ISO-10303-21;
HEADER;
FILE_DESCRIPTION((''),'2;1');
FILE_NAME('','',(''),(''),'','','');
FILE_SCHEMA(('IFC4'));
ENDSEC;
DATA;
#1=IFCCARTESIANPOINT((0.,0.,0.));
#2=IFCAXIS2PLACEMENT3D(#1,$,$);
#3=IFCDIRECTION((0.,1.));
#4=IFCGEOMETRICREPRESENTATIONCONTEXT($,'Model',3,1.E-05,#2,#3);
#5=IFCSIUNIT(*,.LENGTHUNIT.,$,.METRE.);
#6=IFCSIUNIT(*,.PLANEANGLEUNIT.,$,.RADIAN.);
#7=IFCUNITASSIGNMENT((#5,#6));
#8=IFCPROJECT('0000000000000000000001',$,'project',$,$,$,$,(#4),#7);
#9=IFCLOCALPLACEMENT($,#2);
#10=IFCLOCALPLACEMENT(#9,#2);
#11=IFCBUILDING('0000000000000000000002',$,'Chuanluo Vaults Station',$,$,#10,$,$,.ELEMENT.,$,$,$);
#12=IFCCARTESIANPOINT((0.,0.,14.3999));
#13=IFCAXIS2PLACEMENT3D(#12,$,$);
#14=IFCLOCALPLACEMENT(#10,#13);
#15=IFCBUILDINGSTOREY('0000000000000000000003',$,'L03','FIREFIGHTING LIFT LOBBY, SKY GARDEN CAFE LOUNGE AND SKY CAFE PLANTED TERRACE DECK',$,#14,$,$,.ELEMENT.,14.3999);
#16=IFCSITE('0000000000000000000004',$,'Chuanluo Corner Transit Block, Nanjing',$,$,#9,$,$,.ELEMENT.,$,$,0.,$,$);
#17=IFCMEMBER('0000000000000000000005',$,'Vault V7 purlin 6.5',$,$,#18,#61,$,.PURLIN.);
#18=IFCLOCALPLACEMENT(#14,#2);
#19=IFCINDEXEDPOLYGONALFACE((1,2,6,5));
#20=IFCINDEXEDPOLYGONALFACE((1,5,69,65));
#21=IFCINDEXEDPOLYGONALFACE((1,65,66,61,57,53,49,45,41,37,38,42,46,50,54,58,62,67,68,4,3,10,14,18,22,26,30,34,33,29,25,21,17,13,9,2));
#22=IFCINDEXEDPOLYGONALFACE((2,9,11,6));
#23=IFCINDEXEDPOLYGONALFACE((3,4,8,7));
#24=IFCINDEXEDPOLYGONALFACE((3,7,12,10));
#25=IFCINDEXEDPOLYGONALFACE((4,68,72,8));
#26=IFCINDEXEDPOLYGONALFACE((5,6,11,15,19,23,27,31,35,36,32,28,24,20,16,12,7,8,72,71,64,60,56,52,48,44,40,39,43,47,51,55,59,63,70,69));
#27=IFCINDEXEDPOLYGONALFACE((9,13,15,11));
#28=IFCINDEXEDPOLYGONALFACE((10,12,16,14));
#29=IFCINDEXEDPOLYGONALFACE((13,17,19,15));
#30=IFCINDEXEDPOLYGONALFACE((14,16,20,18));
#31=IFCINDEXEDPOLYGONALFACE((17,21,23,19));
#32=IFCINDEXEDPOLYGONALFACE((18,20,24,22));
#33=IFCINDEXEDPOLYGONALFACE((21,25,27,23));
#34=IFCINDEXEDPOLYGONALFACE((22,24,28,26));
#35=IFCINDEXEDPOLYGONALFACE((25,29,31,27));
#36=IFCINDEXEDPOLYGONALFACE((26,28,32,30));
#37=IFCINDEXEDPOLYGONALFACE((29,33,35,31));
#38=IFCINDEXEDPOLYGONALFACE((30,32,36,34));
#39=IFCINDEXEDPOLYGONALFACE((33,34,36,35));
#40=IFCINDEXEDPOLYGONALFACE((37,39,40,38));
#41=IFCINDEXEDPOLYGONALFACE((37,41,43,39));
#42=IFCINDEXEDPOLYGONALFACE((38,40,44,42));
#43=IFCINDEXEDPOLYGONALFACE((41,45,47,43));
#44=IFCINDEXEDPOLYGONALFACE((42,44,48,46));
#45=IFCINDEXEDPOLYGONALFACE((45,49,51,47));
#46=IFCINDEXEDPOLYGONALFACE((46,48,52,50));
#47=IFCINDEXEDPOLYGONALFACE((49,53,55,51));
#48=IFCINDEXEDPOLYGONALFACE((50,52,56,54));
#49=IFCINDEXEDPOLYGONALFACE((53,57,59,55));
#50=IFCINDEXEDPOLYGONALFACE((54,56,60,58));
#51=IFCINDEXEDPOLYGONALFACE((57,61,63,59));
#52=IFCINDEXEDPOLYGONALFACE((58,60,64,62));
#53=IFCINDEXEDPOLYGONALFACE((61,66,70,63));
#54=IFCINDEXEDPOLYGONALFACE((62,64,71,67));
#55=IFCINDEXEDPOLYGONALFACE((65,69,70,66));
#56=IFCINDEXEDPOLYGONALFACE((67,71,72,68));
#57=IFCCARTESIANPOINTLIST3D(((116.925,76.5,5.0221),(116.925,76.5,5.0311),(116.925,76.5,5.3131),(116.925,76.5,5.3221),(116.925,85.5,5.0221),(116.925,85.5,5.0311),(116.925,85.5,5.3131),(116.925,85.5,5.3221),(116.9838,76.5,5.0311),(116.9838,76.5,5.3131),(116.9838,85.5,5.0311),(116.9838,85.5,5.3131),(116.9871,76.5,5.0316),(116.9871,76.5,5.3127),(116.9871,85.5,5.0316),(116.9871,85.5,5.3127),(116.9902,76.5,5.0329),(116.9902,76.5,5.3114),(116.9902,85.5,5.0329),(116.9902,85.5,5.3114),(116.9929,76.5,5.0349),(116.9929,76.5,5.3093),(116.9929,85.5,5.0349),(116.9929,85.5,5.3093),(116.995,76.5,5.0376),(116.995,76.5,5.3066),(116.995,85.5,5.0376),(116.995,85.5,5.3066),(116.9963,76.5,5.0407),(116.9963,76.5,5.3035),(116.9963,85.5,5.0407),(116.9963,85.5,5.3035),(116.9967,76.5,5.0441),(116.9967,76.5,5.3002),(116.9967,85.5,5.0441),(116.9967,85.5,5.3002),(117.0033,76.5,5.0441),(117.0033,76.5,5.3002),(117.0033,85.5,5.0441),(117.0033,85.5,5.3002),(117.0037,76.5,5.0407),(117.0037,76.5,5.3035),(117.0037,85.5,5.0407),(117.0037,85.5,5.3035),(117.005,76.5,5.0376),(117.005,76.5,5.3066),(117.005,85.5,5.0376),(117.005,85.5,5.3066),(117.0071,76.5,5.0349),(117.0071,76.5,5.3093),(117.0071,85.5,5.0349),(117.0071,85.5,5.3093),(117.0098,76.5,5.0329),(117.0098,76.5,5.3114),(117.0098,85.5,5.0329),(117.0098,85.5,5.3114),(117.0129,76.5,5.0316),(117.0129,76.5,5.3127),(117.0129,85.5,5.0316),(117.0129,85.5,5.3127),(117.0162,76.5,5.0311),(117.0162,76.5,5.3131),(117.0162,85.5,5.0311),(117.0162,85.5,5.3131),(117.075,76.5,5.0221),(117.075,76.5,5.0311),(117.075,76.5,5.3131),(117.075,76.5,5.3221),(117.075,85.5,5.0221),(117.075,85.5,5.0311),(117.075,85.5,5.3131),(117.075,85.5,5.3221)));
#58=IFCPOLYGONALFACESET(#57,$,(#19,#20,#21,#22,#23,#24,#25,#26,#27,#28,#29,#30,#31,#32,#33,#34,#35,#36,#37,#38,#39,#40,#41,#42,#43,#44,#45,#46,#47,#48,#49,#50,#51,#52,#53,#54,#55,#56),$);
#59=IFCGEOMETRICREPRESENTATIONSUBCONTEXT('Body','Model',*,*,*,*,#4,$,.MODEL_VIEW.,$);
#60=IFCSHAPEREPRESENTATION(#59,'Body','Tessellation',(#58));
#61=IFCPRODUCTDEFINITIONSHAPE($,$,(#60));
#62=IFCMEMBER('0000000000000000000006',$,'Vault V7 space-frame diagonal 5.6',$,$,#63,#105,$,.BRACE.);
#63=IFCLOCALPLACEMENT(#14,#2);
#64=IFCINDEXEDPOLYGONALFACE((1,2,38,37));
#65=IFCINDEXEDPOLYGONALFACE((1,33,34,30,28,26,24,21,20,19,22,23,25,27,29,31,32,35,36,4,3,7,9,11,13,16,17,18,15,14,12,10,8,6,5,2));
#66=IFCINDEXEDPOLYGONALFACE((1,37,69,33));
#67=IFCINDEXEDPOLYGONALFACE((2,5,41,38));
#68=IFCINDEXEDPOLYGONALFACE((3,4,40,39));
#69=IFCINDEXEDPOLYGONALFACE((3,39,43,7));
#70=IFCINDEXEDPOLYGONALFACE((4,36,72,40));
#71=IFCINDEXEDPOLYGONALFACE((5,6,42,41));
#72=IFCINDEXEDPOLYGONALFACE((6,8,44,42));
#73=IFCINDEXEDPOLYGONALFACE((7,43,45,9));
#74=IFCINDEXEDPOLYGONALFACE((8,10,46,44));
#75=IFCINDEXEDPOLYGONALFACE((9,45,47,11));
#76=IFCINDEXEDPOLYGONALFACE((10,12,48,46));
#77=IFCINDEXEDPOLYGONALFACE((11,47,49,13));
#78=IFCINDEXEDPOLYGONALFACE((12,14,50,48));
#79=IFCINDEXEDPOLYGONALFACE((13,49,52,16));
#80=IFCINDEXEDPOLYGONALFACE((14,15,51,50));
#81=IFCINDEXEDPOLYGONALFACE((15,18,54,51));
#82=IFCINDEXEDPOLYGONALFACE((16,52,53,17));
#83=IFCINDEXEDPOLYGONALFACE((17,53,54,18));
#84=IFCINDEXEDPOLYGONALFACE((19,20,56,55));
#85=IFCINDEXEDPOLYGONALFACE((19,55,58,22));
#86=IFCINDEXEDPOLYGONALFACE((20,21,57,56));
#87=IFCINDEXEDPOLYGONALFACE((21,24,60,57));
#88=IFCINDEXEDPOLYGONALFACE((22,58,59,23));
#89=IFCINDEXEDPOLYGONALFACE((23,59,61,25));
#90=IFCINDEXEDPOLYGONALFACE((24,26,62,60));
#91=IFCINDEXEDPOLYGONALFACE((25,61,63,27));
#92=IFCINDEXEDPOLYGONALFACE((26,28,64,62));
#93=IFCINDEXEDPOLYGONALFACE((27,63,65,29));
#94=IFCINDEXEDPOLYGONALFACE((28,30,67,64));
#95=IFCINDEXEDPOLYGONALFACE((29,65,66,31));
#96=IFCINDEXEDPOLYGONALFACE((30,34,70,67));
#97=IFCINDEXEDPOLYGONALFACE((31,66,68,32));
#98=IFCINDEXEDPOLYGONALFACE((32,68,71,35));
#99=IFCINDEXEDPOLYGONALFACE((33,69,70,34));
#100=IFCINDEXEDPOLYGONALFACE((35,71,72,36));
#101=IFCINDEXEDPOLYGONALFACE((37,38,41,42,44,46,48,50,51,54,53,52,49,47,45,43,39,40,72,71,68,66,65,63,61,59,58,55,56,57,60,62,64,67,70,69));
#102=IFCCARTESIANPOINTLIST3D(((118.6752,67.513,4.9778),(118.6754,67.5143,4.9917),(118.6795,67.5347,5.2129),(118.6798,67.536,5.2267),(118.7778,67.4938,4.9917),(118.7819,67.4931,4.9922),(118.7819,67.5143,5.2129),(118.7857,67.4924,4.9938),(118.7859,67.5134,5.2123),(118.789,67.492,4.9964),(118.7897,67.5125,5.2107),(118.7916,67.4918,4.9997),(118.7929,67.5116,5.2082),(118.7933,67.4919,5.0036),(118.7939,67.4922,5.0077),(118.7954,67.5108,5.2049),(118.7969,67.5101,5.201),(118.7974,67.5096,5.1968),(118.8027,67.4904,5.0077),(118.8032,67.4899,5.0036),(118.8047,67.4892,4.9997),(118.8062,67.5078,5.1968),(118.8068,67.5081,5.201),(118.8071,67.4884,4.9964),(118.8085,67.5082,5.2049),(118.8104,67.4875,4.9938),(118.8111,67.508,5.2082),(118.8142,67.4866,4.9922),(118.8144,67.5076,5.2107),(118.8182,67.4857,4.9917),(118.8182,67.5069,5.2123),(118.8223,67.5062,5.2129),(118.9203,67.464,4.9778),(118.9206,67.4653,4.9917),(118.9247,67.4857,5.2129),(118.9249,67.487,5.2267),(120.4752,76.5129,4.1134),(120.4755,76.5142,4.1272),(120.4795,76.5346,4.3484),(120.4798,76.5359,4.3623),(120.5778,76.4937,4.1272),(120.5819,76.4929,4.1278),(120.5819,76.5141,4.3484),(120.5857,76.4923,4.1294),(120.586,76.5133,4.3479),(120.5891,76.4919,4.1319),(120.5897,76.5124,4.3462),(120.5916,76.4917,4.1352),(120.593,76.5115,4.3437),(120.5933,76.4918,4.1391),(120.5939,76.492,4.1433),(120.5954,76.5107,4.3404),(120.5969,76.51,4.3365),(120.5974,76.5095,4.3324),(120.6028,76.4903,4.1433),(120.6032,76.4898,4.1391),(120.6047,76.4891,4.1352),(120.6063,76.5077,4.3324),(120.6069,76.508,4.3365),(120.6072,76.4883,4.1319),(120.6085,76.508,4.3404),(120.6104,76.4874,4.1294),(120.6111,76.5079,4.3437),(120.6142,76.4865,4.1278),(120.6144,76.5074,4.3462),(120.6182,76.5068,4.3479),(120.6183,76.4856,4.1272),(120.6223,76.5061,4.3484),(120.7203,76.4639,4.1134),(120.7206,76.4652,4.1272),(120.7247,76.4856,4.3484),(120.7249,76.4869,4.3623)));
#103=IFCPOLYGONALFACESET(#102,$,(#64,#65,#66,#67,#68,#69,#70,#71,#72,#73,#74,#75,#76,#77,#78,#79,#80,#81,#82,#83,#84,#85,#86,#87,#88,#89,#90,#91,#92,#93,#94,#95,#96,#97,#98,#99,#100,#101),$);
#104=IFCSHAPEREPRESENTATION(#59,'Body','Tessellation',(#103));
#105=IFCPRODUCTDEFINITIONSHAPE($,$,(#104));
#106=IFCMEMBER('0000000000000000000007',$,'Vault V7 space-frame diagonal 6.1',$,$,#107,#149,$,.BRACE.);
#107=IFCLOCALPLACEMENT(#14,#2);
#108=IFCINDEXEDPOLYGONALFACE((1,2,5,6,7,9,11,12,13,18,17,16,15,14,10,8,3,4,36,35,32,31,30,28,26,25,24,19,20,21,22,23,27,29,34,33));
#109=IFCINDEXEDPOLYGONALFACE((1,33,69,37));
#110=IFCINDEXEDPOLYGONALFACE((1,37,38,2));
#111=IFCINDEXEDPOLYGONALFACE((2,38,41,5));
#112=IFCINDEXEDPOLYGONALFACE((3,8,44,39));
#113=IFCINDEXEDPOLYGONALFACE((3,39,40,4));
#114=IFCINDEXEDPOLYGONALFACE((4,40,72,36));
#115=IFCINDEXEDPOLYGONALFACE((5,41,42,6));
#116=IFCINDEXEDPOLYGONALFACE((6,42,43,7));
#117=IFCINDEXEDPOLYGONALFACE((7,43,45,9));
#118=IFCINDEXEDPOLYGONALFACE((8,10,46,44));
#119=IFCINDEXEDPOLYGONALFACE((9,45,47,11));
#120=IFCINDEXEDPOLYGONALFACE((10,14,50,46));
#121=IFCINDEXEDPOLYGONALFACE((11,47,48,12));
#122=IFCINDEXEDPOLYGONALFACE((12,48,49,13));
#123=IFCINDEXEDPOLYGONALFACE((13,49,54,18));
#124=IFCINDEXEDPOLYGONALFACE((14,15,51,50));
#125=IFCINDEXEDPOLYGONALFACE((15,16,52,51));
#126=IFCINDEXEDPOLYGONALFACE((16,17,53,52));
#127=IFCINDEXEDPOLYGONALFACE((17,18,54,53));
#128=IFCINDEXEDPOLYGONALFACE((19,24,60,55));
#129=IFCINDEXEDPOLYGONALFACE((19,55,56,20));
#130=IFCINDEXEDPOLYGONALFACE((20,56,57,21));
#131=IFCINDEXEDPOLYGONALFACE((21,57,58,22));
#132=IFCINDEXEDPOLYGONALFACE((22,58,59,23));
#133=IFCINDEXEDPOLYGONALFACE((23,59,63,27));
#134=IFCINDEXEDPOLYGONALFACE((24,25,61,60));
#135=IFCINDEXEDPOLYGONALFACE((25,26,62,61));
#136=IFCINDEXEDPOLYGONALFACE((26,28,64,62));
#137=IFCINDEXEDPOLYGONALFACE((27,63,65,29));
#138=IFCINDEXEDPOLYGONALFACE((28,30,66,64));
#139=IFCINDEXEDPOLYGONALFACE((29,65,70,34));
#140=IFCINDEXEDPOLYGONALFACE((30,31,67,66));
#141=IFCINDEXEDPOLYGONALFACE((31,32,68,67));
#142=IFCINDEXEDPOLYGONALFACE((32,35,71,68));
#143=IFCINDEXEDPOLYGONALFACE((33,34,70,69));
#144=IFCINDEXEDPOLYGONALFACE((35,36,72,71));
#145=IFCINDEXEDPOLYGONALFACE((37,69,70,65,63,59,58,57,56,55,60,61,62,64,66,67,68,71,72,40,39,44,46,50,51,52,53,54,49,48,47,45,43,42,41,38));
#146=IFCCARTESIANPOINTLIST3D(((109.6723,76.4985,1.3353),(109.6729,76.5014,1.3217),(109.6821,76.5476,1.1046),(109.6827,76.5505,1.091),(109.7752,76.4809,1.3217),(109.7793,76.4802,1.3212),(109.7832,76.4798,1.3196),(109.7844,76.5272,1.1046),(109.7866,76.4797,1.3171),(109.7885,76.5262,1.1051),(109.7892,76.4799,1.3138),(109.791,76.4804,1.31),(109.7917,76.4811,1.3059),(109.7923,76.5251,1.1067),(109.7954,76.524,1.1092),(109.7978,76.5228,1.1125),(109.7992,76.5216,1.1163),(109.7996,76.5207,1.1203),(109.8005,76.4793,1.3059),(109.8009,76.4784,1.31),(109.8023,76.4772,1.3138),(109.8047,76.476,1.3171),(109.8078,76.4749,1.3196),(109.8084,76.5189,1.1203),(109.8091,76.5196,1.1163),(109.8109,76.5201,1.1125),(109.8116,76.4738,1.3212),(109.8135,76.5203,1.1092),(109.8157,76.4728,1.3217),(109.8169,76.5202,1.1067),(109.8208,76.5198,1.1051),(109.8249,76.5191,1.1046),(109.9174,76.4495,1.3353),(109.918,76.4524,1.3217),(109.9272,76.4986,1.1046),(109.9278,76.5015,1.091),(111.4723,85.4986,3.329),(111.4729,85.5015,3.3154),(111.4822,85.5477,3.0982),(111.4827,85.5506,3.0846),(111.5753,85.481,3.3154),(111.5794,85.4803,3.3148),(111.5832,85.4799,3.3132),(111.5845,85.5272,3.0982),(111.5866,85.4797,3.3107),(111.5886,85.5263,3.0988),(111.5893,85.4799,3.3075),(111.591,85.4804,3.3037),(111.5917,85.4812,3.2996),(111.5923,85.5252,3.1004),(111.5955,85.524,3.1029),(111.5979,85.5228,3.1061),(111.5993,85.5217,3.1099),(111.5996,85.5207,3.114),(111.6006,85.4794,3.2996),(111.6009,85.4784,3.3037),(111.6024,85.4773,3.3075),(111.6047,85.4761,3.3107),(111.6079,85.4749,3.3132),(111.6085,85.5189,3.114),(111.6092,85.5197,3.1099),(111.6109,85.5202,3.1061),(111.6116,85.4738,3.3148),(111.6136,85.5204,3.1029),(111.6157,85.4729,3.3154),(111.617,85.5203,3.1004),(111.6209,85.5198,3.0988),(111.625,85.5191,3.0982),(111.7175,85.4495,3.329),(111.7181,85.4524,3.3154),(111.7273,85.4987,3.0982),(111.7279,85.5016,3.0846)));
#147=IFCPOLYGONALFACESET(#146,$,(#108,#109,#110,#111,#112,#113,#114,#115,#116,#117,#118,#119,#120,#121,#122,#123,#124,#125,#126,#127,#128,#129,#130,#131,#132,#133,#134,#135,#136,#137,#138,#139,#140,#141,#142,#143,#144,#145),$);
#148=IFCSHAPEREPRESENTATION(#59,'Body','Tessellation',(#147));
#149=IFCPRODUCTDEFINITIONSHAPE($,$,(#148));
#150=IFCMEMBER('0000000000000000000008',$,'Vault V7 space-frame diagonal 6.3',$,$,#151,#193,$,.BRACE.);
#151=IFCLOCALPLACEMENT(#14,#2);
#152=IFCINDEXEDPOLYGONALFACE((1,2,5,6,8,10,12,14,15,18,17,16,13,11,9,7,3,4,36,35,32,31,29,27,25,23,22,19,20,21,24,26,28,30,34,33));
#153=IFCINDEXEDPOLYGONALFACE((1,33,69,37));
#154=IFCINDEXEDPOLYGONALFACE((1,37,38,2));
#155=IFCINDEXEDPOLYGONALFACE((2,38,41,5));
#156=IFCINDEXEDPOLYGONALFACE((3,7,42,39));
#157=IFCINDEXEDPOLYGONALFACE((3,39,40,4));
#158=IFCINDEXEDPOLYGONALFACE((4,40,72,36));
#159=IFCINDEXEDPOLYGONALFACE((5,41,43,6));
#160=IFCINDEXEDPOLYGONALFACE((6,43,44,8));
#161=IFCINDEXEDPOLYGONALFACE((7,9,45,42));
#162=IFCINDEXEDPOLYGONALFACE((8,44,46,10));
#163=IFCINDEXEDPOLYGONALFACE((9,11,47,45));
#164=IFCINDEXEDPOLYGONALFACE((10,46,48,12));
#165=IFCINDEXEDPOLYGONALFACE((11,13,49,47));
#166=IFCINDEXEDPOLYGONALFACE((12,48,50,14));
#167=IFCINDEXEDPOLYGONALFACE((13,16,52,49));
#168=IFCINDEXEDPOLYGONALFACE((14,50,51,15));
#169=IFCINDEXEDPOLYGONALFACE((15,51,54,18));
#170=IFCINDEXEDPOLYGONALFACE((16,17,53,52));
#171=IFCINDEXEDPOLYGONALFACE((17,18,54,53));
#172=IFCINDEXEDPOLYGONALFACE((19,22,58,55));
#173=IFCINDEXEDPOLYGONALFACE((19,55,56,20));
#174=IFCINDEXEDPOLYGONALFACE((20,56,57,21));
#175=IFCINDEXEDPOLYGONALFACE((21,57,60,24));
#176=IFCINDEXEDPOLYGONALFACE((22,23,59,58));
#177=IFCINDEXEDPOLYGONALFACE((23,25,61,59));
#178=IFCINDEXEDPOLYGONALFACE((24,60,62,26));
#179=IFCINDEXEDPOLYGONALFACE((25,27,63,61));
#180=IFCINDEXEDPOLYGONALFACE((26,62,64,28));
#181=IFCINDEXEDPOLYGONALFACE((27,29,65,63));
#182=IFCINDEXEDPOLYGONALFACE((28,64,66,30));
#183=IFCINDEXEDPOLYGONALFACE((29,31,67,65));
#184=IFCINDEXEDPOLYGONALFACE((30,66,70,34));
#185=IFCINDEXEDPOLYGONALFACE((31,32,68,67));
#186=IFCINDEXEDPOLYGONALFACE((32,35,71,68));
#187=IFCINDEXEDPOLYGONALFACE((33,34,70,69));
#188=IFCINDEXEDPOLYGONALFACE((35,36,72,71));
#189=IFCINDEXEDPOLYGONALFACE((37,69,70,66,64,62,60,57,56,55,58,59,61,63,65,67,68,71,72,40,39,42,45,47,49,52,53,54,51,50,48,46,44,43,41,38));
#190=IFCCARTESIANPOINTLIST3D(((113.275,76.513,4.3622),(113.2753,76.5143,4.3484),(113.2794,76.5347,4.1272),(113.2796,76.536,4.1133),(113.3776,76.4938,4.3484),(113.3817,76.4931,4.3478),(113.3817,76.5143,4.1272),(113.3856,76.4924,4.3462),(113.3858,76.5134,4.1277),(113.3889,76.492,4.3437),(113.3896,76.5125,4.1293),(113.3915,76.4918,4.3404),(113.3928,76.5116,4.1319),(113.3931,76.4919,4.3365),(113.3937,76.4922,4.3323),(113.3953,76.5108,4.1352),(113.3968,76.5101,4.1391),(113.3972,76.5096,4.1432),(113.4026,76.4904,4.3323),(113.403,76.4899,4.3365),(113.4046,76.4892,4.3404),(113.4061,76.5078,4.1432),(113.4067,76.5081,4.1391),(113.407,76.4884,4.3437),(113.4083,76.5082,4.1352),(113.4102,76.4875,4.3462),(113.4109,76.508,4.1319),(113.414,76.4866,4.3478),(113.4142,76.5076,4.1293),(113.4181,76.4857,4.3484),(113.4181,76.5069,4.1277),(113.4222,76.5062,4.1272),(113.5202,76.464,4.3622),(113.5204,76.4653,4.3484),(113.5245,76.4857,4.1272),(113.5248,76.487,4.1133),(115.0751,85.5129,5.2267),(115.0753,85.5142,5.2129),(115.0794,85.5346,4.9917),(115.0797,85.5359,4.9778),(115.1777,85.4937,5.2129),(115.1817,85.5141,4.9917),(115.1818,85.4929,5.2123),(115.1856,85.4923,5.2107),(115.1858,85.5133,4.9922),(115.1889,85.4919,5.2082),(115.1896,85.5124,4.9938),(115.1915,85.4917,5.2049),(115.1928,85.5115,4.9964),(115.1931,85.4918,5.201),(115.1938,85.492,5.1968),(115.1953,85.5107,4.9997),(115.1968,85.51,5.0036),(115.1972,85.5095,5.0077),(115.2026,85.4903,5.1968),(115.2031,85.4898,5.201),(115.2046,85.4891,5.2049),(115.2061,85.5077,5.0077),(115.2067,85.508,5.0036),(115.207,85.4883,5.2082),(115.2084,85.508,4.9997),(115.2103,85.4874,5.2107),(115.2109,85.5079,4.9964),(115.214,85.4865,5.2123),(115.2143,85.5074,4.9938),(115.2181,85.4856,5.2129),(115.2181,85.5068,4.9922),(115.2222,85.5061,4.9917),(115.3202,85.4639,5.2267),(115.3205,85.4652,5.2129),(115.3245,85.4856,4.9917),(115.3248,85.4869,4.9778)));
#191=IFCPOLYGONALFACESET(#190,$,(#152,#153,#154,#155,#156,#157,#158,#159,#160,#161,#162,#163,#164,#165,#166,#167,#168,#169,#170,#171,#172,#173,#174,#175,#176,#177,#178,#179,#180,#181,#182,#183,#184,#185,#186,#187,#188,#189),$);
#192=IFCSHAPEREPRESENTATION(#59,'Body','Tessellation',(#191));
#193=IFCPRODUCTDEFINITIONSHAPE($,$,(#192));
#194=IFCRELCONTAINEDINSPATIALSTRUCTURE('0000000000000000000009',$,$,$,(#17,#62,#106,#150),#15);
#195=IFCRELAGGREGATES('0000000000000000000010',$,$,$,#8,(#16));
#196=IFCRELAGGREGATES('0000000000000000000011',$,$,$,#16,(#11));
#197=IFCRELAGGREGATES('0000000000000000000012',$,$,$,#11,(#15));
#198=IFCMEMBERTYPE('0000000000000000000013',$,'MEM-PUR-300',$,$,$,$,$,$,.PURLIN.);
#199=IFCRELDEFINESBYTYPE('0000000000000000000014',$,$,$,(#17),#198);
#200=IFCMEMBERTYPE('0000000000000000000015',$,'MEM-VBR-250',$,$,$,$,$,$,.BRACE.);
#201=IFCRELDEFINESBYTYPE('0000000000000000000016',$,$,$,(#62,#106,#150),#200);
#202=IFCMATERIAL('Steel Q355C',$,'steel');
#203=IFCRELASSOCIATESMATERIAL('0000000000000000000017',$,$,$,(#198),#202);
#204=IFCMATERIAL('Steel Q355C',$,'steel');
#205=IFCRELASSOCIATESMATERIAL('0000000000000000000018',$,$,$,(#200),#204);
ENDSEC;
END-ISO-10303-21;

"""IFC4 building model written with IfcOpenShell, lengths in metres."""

from ifc_helpers import new_model, si_unit, direction, frame, origin, origin_2d, place, context, subcontext, project, spatial, i_section, extrude, material, material_profile, profile_set, type_object, element, save


model = new_model("IFC4")

# Units and contexts
model_context = context("Model", 3, precision=1e-05, world=origin(), true_north=direction((0.0, 1.0)))
body_context = subcontext(model_context, "Body", "Model", "MODEL_VIEW")
ifc_project = project(units=[si_unit("LENGTHUNIT", "METRE"), si_unit("PLANEANGLEUNIT", "RADIAN")], contexts=[model_context])

# Site, building, storey
site_placement = place(None, origin())
site = spatial("IfcSite", under=ifc_project, at=site_placement, Name="Chuanluo Corner Transit Block, Nanjing", CompositionType="ELEMENT", RefElevation=0.0)
building_placement = place(site_placement, origin())
building = spatial("IfcBuilding", under=site, at=building_placement, Name="Chuanluo Vaults Station", CompositionType="ELEMENT")
storey_placement = place(building_placement, frame((0.0, 0.0, 14.3999)))
storey = spatial("IfcBuildingStorey", under=building, at=storey_placement, Name="L03", Description="FIREFIGHTING LIFT LOBBY, SKY GARDEN CAFE LOUNGE AND SKY CAFE PLANTED TERRACE DECK", CompositionType="ELEMENT", Elevation=14.3999)

# Members
ifc_material_1 = material(Name="Steel Q355C", Category="steel")
ifc_material_profile_1 = material_profile(ifc_material_1, i_section(OverallWidth=0.1499, OverallDepth=0.3, WebThickness=0.0066, FlangeThickness=0.009, FilletRadius=0.0129, at=origin_2d()))
ifc_profile_set_1 = profile_set([ifc_material_profile_1], Name="Steel Q355C")
member_type_1 = type_object("IfcMemberType", Name="MEM-PUR-300", PredefinedType="PURLIN", material=ifc_profile_set_1)
for number, where, z_axis, x_axis, name in (
    (1, (117.0, 76.5, 5.1721), (0.0, 1.0, 0.0), (-1.0, 0.0, 0.0), "Vault V7 purlin 6.5"),
):
    element("IfcMember", number, at=place(storey_placement, frame(where, z_axis=z_axis, x_axis=x_axis)), inside=storey, type_object=member_type_1, Name=name, PredefinedType="PURLIN", context=body_context, shape_type="SweptSolid", body=[
        extrude(i_section(OverallWidth=0.1499, OverallDepth=0.3, WebThickness=0.0066, FlangeThickness=0.009, FilletRadius=0.0129, at=origin_2d()), origin(), (0.0, 0.0, 1.0), 9.0),
    ])
ifc_material_2 = material(Name="Steel Q355C", Category="steel")
ifc_material_profile_2 = material_profile(ifc_material_2, i_section(OverallWidth=0.25, OverallDepth=0.25, WebThickness=0.009, FlangeThickness=0.0139, FilletRadius=0.0161, at=origin_2d()))
ifc_profile_set_2 = profile_set([ifc_material_profile_2], Name="Steel Q355C")
member_type_2 = type_object("IfcMemberType", Name="MEM-VBR-250", PredefinedType="BRACE", material=ifc_profile_set_2)
member_1_placement = place(storey_placement, frame((118.8, 67.5, 5.1023), z_axis=(0.195257, 0.976259, -0.093775), x_axis=(-0.98058, 0.196121, 0.0)))
element("IfcMember", 2, at=member_1_placement, inside=storey, type_object=member_type_2, Name="Vault V7 space-frame diagonal 5.6", PredefinedType="BRACE", context=body_context, shape_type="SweptSolid", body=[
    extrude(i_section(OverallWidth=0.25, OverallDepth=0.25, WebThickness=0.009, FlangeThickness=0.0139, FilletRadius=0.0161, at=origin_2d()), origin(), (0.0, 0.0, 1.0), 9.2188),
])
member_2_placement = place(storey_placement, frame((109.8, 76.5, 1.2131), z_axis=(0.191652, 0.958234, 0.212265), x_axis=(-0.98058, 0.196121, 0.0)))
element("IfcMember", 3, at=member_2_placement, inside=storey, type_object=member_type_2, Name="Vault V7 space-frame diagonal 6.1", PredefinedType="BRACE", context=body_context, shape_type="SweptSolid", body=[
    extrude(i_section(OverallWidth=0.25, OverallDepth=0.25, WebThickness=0.009, FlangeThickness=0.0139, FilletRadius=0.0161, at=origin_2d()), origin(), (0.0, 0.0, 1.0), 9.3923),
])
member_3_placement = place(storey_placement, frame((113.3999, 76.5, 4.2378), z_axis=(0.195257, 0.976259, 0.093775), x_axis=(-0.98058, 0.196121, 0.0)))
element("IfcMember", 4, at=member_3_placement, inside=storey, type_object=member_type_2, Name="Vault V7 space-frame diagonal 6.3", PredefinedType="BRACE", context=body_context, shape_type="SweptSolid", body=[
    extrude(i_section(OverallWidth=0.25, OverallDepth=0.25, WebThickness=0.009, FlangeThickness=0.0139, FilletRadius=0.0161, at=origin_2d()), origin(), (0.0, 0.0, 1.0), 9.2188),
])

save(model, "model.ifc")
